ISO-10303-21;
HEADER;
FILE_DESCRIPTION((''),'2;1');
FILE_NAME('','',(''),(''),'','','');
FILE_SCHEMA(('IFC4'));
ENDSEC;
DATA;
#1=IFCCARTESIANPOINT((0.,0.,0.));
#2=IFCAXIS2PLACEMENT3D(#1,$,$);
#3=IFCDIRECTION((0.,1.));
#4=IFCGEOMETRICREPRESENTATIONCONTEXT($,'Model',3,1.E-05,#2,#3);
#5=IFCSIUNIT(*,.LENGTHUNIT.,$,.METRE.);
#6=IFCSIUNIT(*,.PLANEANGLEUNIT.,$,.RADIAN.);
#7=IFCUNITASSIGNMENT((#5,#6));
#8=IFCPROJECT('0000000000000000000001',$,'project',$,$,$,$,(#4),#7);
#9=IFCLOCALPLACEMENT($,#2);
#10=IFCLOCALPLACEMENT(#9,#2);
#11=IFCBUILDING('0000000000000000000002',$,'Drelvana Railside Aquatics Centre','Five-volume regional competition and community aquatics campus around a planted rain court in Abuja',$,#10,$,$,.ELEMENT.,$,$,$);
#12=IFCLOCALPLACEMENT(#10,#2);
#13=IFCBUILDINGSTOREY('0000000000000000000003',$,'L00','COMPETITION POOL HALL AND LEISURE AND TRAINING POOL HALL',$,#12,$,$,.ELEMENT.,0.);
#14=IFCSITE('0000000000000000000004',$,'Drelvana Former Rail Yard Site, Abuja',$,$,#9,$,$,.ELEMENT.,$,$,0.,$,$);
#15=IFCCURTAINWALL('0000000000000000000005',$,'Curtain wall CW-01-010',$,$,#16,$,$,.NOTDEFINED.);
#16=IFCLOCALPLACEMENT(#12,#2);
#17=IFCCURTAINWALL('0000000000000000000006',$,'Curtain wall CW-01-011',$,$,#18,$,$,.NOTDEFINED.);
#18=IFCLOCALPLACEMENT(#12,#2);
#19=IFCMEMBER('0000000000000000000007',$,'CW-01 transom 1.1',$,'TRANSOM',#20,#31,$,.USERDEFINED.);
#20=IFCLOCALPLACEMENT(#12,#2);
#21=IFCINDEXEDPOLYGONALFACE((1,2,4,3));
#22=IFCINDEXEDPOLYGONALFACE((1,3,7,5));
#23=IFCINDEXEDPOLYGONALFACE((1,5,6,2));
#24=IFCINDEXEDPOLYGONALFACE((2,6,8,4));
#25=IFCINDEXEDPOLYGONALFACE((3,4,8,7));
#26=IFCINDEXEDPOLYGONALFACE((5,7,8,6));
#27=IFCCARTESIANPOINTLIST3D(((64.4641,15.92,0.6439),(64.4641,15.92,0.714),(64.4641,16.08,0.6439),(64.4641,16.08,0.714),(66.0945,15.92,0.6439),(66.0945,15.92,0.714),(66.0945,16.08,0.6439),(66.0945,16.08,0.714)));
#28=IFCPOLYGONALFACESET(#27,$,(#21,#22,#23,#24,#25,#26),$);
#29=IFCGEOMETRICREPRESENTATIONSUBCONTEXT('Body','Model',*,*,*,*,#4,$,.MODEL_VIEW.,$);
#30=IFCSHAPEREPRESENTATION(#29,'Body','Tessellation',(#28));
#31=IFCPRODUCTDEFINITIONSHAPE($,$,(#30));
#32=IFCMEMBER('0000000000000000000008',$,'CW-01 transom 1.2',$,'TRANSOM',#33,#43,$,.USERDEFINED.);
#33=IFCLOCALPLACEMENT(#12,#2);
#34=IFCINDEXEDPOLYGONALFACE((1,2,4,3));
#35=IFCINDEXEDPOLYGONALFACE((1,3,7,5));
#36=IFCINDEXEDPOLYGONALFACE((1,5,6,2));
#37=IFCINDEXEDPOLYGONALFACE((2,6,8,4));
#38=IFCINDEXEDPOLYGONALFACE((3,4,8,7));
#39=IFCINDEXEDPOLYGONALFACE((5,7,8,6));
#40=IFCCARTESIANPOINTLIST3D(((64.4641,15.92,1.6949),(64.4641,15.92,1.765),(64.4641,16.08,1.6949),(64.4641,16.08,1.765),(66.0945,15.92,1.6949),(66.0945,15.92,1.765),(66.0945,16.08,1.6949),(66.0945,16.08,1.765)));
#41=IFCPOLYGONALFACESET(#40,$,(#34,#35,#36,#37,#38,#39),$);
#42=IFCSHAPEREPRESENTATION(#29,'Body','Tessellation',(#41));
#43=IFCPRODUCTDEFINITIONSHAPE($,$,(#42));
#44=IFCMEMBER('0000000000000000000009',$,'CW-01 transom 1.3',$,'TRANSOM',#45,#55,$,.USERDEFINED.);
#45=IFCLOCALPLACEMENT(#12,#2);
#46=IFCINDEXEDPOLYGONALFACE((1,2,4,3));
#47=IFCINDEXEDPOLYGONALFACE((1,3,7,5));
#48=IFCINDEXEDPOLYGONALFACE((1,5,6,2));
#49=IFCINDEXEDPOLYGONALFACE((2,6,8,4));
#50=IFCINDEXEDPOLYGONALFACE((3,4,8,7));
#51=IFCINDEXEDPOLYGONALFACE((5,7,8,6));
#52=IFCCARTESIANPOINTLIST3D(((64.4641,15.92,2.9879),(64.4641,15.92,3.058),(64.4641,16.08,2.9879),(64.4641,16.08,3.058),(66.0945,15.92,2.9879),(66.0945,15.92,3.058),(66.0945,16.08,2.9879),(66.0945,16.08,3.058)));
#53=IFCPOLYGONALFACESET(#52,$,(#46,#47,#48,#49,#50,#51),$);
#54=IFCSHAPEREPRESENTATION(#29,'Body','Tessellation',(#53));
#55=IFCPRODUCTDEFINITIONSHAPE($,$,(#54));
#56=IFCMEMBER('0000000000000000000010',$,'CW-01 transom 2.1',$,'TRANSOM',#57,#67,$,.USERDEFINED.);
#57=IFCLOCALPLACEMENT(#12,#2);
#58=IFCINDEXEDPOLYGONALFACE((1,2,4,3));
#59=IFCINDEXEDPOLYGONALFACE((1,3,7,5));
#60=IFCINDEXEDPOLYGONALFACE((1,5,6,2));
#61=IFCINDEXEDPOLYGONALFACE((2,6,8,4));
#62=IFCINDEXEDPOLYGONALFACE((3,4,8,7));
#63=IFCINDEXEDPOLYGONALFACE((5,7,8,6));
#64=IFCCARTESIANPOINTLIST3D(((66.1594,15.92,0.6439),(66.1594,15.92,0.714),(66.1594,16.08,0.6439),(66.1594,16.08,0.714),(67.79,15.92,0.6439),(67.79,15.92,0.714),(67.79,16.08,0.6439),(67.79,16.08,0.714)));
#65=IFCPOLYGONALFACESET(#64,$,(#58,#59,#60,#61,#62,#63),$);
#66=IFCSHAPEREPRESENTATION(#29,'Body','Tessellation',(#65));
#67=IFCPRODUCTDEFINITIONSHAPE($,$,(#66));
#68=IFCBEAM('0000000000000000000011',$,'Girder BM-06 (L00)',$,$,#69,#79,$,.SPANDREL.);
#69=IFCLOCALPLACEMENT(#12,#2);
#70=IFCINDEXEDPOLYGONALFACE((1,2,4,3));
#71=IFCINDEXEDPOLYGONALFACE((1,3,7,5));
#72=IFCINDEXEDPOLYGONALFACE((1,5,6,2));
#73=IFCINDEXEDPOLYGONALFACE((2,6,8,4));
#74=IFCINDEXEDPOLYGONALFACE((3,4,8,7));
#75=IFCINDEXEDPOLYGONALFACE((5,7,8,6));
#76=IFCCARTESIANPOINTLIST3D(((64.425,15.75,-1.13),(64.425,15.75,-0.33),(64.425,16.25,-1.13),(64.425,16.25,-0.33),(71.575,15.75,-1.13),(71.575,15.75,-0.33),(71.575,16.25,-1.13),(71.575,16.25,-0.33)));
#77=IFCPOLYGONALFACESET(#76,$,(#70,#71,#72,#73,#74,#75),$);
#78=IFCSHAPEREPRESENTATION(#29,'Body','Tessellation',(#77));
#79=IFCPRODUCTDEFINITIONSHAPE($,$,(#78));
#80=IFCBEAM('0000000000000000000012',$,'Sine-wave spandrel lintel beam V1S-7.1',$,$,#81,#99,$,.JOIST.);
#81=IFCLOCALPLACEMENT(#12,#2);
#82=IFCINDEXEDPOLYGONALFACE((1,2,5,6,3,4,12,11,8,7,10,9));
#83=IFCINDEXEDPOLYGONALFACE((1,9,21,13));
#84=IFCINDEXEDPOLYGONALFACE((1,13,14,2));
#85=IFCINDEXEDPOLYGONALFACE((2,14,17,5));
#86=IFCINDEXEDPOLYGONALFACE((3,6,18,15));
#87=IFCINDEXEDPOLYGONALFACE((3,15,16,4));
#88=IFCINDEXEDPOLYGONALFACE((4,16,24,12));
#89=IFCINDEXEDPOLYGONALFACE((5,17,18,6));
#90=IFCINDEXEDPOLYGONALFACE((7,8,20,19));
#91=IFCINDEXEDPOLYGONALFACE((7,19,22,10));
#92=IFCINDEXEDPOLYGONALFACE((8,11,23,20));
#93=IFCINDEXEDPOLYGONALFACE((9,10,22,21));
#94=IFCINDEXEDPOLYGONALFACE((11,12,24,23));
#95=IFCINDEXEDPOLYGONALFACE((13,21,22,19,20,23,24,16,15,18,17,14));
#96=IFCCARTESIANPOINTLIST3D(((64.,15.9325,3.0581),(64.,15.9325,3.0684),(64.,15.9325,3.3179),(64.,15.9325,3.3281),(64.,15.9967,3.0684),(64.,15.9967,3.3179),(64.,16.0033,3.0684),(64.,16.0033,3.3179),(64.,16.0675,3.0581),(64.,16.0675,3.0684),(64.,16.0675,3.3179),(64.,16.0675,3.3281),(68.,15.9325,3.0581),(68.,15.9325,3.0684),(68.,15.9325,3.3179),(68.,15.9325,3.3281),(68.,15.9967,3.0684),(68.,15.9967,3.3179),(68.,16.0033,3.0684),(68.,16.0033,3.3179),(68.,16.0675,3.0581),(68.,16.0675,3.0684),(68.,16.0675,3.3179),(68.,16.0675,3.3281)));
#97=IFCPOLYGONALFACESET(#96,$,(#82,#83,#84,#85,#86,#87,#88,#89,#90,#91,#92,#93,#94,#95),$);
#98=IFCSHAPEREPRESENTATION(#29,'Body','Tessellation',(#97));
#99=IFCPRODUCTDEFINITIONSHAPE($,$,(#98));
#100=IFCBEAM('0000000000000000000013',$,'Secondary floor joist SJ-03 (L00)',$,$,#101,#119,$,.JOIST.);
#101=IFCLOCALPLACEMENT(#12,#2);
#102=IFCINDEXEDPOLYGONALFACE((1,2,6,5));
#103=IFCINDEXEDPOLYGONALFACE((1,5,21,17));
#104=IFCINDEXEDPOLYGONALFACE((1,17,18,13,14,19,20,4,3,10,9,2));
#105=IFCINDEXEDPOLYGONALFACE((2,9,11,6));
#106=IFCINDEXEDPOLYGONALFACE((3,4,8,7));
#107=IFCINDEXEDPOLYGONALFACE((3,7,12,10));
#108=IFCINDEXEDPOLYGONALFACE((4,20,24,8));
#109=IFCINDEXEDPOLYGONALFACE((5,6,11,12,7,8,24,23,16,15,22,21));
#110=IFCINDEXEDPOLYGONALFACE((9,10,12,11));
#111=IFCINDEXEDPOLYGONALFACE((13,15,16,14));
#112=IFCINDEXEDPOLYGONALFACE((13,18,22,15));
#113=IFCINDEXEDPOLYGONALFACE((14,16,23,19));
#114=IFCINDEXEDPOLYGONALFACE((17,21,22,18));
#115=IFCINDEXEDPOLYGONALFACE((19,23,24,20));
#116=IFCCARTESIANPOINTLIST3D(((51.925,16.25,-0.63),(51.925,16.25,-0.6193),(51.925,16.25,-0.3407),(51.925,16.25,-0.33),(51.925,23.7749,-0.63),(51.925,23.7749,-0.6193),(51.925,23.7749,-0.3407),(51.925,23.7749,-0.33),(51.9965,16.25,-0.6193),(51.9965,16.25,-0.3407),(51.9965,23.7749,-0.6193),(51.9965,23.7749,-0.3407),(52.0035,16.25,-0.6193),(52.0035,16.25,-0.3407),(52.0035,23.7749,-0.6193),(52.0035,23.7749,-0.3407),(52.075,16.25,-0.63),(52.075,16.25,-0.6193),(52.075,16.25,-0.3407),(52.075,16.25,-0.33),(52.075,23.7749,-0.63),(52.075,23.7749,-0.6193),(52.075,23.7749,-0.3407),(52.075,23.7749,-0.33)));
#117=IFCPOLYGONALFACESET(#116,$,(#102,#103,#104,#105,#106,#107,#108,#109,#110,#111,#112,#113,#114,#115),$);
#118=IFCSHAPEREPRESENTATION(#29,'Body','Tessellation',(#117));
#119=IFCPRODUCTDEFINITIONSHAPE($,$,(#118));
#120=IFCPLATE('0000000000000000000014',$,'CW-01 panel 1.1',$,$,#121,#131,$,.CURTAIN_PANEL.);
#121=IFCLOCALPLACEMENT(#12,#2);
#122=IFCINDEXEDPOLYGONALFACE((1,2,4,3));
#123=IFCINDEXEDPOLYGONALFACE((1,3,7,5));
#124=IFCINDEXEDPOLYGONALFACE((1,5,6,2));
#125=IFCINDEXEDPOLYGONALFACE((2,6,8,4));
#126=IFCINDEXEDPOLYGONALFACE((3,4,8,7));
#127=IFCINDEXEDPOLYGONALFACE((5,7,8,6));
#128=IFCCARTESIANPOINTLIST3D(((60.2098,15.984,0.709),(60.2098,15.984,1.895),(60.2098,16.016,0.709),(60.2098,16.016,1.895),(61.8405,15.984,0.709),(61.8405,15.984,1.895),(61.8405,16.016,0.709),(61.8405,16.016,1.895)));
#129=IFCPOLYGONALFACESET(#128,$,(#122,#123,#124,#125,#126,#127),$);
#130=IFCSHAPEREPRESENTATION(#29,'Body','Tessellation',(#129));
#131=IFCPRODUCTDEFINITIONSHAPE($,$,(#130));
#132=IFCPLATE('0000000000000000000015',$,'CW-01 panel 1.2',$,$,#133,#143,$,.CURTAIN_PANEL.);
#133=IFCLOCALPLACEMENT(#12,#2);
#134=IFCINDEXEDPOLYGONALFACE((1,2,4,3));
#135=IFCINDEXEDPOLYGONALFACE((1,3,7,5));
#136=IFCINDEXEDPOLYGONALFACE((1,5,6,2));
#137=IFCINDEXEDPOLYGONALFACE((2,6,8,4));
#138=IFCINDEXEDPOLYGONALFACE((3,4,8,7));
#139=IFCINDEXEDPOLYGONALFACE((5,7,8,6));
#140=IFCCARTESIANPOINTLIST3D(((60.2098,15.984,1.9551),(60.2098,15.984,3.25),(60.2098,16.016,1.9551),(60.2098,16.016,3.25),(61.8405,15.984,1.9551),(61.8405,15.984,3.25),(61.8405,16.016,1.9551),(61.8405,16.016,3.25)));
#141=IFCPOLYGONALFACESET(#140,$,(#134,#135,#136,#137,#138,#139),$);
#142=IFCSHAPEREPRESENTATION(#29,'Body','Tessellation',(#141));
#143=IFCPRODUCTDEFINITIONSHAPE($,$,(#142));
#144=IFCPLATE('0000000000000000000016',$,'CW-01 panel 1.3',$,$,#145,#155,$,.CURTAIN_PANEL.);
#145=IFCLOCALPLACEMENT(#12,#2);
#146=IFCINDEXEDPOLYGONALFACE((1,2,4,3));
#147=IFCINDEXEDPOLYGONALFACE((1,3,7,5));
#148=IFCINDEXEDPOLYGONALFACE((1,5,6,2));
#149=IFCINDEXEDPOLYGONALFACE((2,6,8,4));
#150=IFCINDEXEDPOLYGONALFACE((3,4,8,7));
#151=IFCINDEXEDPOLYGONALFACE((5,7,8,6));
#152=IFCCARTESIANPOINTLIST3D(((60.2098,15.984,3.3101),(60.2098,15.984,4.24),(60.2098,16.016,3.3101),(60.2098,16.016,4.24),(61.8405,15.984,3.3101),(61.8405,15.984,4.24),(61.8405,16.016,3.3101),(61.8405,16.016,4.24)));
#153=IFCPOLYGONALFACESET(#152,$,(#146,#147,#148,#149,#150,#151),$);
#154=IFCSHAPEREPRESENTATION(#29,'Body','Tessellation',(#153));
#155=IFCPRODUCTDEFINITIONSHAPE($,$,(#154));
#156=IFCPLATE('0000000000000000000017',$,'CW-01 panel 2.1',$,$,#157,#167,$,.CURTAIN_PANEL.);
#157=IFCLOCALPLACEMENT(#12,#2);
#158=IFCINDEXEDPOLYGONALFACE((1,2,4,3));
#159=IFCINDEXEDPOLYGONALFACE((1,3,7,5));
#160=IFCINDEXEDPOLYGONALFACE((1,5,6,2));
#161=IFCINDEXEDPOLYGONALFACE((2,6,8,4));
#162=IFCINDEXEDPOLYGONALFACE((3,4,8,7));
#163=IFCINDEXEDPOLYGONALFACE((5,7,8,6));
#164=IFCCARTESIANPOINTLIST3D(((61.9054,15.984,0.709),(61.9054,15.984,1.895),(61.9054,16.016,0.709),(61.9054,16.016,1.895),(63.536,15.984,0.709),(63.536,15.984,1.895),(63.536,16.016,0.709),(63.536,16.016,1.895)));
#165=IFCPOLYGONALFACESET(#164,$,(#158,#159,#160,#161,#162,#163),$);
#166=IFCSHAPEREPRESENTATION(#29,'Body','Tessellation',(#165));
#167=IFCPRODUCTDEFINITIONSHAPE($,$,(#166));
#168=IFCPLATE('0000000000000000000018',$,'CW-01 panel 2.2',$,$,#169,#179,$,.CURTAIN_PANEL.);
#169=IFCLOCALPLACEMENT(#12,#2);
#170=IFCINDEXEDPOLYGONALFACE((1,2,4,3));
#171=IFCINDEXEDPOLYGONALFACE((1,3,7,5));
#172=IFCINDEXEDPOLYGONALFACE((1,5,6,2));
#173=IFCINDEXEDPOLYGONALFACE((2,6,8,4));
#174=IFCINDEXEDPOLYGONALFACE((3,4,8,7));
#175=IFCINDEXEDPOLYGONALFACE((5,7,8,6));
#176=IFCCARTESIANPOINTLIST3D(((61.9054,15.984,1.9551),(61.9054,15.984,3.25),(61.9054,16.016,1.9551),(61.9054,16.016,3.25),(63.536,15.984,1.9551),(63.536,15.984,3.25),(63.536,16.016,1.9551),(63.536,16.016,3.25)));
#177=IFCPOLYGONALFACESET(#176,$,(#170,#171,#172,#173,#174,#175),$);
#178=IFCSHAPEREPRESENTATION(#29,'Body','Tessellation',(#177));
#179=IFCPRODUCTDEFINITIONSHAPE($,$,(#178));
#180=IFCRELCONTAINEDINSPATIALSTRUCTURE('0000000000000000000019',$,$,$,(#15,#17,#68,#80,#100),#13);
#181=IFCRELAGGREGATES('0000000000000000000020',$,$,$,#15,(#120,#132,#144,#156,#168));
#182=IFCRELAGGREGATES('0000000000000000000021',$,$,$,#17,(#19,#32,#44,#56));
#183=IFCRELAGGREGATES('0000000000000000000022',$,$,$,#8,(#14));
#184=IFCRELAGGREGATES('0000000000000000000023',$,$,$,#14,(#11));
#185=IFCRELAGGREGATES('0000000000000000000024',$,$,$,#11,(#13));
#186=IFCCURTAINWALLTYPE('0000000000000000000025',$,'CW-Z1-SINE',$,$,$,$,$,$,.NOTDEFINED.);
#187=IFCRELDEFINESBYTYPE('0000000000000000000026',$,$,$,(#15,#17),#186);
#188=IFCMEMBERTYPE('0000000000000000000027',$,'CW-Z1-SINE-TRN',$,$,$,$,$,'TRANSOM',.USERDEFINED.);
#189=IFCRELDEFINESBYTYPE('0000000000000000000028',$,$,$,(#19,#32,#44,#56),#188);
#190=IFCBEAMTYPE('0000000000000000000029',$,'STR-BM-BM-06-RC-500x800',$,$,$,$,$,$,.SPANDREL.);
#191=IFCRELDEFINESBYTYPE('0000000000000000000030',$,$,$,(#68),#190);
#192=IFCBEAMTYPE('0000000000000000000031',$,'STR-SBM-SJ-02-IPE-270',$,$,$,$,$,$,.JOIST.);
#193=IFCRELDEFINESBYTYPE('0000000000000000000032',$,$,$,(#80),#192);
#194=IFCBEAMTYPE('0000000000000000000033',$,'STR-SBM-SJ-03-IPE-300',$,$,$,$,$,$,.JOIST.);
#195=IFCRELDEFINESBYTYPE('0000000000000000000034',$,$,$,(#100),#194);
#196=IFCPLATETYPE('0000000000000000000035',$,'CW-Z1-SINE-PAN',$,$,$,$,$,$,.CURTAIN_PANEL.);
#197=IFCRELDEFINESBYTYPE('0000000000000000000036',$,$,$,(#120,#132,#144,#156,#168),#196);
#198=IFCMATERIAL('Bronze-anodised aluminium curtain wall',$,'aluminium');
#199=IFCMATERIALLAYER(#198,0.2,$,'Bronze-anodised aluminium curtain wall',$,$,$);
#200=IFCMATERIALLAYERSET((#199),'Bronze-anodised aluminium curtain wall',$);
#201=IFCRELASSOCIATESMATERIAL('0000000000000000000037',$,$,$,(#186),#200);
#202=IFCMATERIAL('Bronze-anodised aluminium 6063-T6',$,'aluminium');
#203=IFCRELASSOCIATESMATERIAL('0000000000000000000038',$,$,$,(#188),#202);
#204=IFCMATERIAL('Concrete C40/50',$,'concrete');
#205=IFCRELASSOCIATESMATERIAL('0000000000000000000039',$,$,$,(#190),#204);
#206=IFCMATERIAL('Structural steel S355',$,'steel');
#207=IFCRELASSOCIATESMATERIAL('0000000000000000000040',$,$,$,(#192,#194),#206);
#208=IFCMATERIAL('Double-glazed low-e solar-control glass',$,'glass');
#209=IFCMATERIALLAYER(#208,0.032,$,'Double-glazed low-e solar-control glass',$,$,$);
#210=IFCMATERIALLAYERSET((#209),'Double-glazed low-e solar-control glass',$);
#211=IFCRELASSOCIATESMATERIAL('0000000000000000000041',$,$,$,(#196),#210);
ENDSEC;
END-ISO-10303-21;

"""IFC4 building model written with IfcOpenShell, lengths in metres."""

from ifc_helpers import new_model, si_unit, direction, frame, origin, origin_2d, place, context, subcontext, project, spatial, rectangle, i_section, extrude, material, layer, layer_set, material_profile, profile_set, type_object, element, aggregate, save


model = new_model("IFC4")

# Units and contexts
model_context = context("Model", 3, precision=1e-05, world=origin(), true_north=direction((0.0, 1.0)))
body_context = subcontext(model_context, "Body", "Model", "MODEL_VIEW")
ifc_project = project(units=[si_unit("LENGTHUNIT", "METRE"), si_unit("PLANEANGLEUNIT", "RADIAN")], contexts=[model_context])

# Site, building, storey
site_placement = place(None, origin())
site = spatial("IfcSite", under=ifc_project, at=site_placement, Name="Drelvana Former Rail Yard Site, Abuja", CompositionType="ELEMENT", RefElevation=0.0)
building_placement = place(site_placement, origin())
building = spatial("IfcBuilding", under=site, at=building_placement, Name="Drelvana Railside Aquatics Centre", Description="Five-volume regional competition and community aquatics campus around a planted rain court in Abuja", CompositionType="ELEMENT")
storey_placement = place(building_placement, origin())
storey = spatial("IfcBuildingStorey", under=building, at=storey_placement, Name="L00", Description="COMPETITION POOL HALL AND LEISURE AND TRAINING POOL HALL", CompositionType="ELEMENT", Elevation=0.0)

# Shared definitions
ifc_material_1 = material(Name="Concrete C40/50", Category="concrete")

# Curtain walls
ifc_material_2 = material(Name="Bronze-anodised aluminium curtain wall", Category="aluminium")
ifc_layer_1 = layer(ifc_material_2, 0.2, Name="Bronze-anodised aluminium curtain wall")
ifc_layer_set_1 = layer_set([ifc_layer_1], Name="Bronze-anodised aluminium curtain wall")
curtain_wall_type = type_object("IfcCurtainWallType", Name="CW-Z1-SINE", PredefinedType="NOTDEFINED", material=ifc_layer_set_1)
curtain_wall_1_placement = place(storey_placement, origin())
curtain_wall_1 = element("IfcCurtainWall", 1, at=curtain_wall_1_placement, inside=storey, type_object=curtain_wall_type, Name="Curtain wall CW-01-010", PredefinedType="NOTDEFINED")
ifc_material_3 = material(Name="Bronze-anodised aluminium 6063-T6", Category="aluminium")
curtain_wall_2_placement = place(storey_placement, origin())
curtain_wall_2 = element("IfcCurtainWall", 2, at=curtain_wall_2_placement, inside=storey, type_object=curtain_wall_type, Name="Curtain wall CW-01-011", PredefinedType="NOTDEFINED")

# Members
ifc_material_profile_1 = material_profile(ifc_material_3, rectangle(XDim=0.1599, YDim=0.0701, at=origin_2d()), Name="ALU-T 70x160")
ifc_profile_set_1 = profile_set([ifc_material_profile_1], Name="Bronze-anodised aluminium 6063-T6")
member_type_1 = type_object("IfcMemberType", Name="CW-Z1-SINE-TRN", ElementType="TRANSOM", PredefinedType="USERDEFINED", material=ifc_profile_set_1)
member_1_placement = place(storey_placement, frame((64.4641, 16.0, 0.679), z_axis=(1.0, 0.0, 0.0), x_axis=(0.0, 1.0, 0.0)))
member_1 = element("IfcMember", 3, at=member_1_placement, type_object=member_type_1, Name="CW-01 transom 1.1", ObjectType="TRANSOM", PredefinedType="USERDEFINED", context=body_context, shape_type="SweptSolid", body=[
    extrude(rectangle(XDim=0.1599, YDim=0.0701, at=origin_2d()), origin(), (0.0, 0.0, 1.0), 1.6304),
])
member_2_placement = place(storey_placement, frame((64.4641, 16.0, 1.73), z_axis=(1.0, 0.0, 0.0), x_axis=(0.0, 1.0, 0.0)))
member_2 = element("IfcMember", 4, at=member_2_placement, type_object=member_type_1, Name="CW-01 transom 1.2", ObjectType="TRANSOM", PredefinedType="USERDEFINED", context=body_context, shape_type="SweptSolid", body=[
    extrude(rectangle(XDim=0.1599, YDim=0.0701, at=origin_2d()), origin(), (0.0, 0.0, 1.0), 1.6304),
])
member_3_placement = place(storey_placement, frame((64.4641, 16.0, 3.0229), z_axis=(1.0, 0.0, 0.0), x_axis=(0.0, 1.0, 0.0)))
member_3 = element("IfcMember", 5, at=member_3_placement, type_object=member_type_1, Name="CW-01 transom 1.3", ObjectType="TRANSOM", PredefinedType="USERDEFINED", context=body_context, shape_type="SweptSolid", body=[
    extrude(rectangle(XDim=0.1599, YDim=0.0701, at=origin_2d()), origin(), (0.0, 0.0, 1.0), 1.6304),
])
member_4_placement = place(storey_placement, frame((66.1594, 16.0, 0.679), z_axis=(1.0, 0.0, 0.0), x_axis=(0.0, 1.0, 0.0)))
member_4 = element("IfcMember", 6, at=member_4_placement, type_object=member_type_1, Name="CW-01 transom 2.1", ObjectType="TRANSOM", PredefinedType="USERDEFINED", context=body_context, shape_type="SweptSolid", body=[
    extrude(rectangle(XDim=0.1599, YDim=0.0701, at=origin_2d()), origin(), (0.0, 0.0, 1.0), 1.6306),
])

# Beams
ifc_material_profile_2 = material_profile(ifc_material_1, rectangle(XDim=0.5, YDim=0.8, at=origin_2d()), Name="RC 500x800")
ifc_profile_set_2 = profile_set([ifc_material_profile_2], Name="Concrete C40/50")
beam_type_1 = type_object("IfcBeamType", Name="STR-BM-BM-06-RC-500x800", PredefinedType="SPANDREL", material=ifc_profile_set_2)
beam_1_placement = place(storey_placement, frame((64.425, 16.0, -0.73), z_axis=(1.0, 0.0, 0.0), x_axis=(0.0, 1.0, 0.0)))
element("IfcBeam", 7, at=beam_1_placement, inside=storey, type_object=beam_type_1, Name="Girder BM-06 (L00)", PredefinedType="SPANDREL", context=body_context, shape_type="SweptSolid", body=[
    extrude(rectangle(XDim=0.5, YDim=0.8, at=origin_2d()), origin(), (0.0, 0.0, 1.0), 7.1499),
])
ifc_material_4 = material(Name="Structural steel S355", Category="steel")
ifc_material_profile_3 = material_profile(ifc_material_4, i_section(OverallWidth=0.135, OverallDepth=0.27, WebThickness=0.0066, FlangeThickness=0.0103, at=origin_2d()), Name="IPE 270")
ifc_profile_set_3 = profile_set([ifc_material_profile_3], Name="Structural steel S355")
beam_type_2 = type_object("IfcBeamType", Name="STR-SBM-SJ-02-IPE-270", PredefinedType="JOIST", material=ifc_profile_set_3)
beam_2_placement = place(storey_placement, frame((64.0, 16.0, 3.1931), z_axis=(1.0, 0.0, 0.0), x_axis=(0.0, 1.0, 0.0)))
element("IfcBeam", 8, at=beam_2_placement, inside=storey, type_object=beam_type_2, Name="Sine-wave spandrel lintel beam V1S-7.1", PredefinedType="JOIST", context=body_context, shape_type="SweptSolid", body=[
    extrude(i_section(OverallWidth=0.135, OverallDepth=0.27, WebThickness=0.0066, FlangeThickness=0.0103, at=origin_2d()), origin(), (0.0, 0.0, 1.0), 4.0),
])
ifc_material_profile_4 = material_profile(ifc_material_4, i_section(OverallWidth=0.1499, OverallDepth=0.3, WebThickness=0.0071, FlangeThickness=0.0107, at=origin_2d()), Name="IPE 300")
ifc_profile_set_4 = profile_set([ifc_material_profile_4], Name="Structural steel S355")
beam_type_3 = type_object("IfcBeamType", Name="STR-SBM-SJ-03-IPE-300", PredefinedType="JOIST", material=ifc_profile_set_4)
beam_3_placement = place(storey_placement, frame((52.0, 16.25, -0.48), z_axis=(0.0, 1.0, 0.0), x_axis=(-1.0, 0.0, 0.0)))
element("IfcBeam", 9, at=beam_3_placement, inside=storey, type_object=beam_type_3, Name="Secondary floor joist SJ-03 (L00)", PredefinedType="JOIST", context=body_context, shape_type="SweptSolid", body=[
    extrude(i_section(OverallWidth=0.1499, OverallDepth=0.3, WebThickness=0.0071, FlangeThickness=0.0107, at=origin_2d()), origin(), (0.0, 0.0, 1.0), 7.5249),
])

# Plates
ifc_material_5 = material(Name="Double-glazed low-e solar-control glass", Category="glass")
ifc_layer_2 = layer(ifc_material_5, 0.032, Name="Double-glazed low-e solar-control glass")
ifc_layer_set_2 = layer_set([ifc_layer_2], Name="Double-glazed low-e solar-control glass")
plate_type = type_object("IfcPlateType", Name="CW-Z1-SINE-PAN", PredefinedType="CURTAIN_PANEL", material=ifc_layer_set_2)
plate_1_placement = place(storey_placement, frame((61.0251, 16.0, 0.709), z_axis=(0.0, 0.0, 1.0), x_axis=(1.0, 0.0, 0.0)))
plate_1 = element("IfcPlate", 10, at=plate_1_placement, type_object=plate_type, Name="CW-01 panel 1.1", PredefinedType="CURTAIN_PANEL", context=body_context, shape_type="SweptSolid", body=[
    extrude(rectangle(XDim=1.6306, YDim=0.032, at=origin_2d()), origin(), (0.0, 0.0, 1.0), 1.186),
])
plate_2_placement = place(storey_placement, frame((61.0251, 16.0, 1.9551), z_axis=(0.0, 0.0, 1.0), x_axis=(1.0, 0.0, 0.0)))
plate_2 = element("IfcPlate", 11, at=plate_2_placement, type_object=plate_type, Name="CW-01 panel 1.2", PredefinedType="CURTAIN_PANEL", context=body_context, shape_type="SweptSolid", body=[
    extrude(rectangle(XDim=1.6306, YDim=0.032, at=origin_2d()), origin(), (0.0, 0.0, 1.0), 1.2949),
])
plate_3_placement = place(storey_placement, frame((61.0251, 16.0, 3.3101), z_axis=(0.0, 0.0, 1.0), x_axis=(1.0, 0.0, 0.0)))
plate_3 = element("IfcPlate", 12, at=plate_3_placement, type_object=plate_type, Name="CW-01 panel 1.3", PredefinedType="CURTAIN_PANEL", context=body_context, shape_type="SweptSolid", body=[
    extrude(rectangle(XDim=1.6306, YDim=0.032, at=origin_2d()), origin(), (0.0, 0.0, 1.0), 0.9299),
])
plate_4_placement = place(storey_placement, frame((62.7207, 16.0, 0.709), z_axis=(0.0, 0.0, 1.0), x_axis=(1.0, 0.0, 0.0)))
plate_4 = element("IfcPlate", 13, at=plate_4_placement, type_object=plate_type, Name="CW-01 panel 2.1", PredefinedType="CURTAIN_PANEL", context=body_context, shape_type="SweptSolid", body=[
    extrude(rectangle(XDim=1.6306, YDim=0.032, at=origin_2d()), origin(), (0.0, 0.0, 1.0), 1.186),
])
plate_5_placement = place(storey_placement, frame((62.7207, 16.0, 1.9551), z_axis=(0.0, 0.0, 1.0), x_axis=(1.0, 0.0, 0.0)))
plate_5 = element("IfcPlate", 14, at=plate_5_placement, type_object=plate_type, Name="CW-01 panel 2.2", PredefinedType="CURTAIN_PANEL", context=body_context, shape_type="SweptSolid", body=[
    extrude(rectangle(XDim=1.6306, YDim=0.032, at=origin_2d()), origin(), (0.0, 0.0, 1.0), 1.2949),
])
aggregate(curtain_wall_1, [plate_1, plate_2, plate_3, plate_4, plate_5])
aggregate(curtain_wall_2, [member_1, member_2, member_3, member_4])

save(model, "model.ifc")
